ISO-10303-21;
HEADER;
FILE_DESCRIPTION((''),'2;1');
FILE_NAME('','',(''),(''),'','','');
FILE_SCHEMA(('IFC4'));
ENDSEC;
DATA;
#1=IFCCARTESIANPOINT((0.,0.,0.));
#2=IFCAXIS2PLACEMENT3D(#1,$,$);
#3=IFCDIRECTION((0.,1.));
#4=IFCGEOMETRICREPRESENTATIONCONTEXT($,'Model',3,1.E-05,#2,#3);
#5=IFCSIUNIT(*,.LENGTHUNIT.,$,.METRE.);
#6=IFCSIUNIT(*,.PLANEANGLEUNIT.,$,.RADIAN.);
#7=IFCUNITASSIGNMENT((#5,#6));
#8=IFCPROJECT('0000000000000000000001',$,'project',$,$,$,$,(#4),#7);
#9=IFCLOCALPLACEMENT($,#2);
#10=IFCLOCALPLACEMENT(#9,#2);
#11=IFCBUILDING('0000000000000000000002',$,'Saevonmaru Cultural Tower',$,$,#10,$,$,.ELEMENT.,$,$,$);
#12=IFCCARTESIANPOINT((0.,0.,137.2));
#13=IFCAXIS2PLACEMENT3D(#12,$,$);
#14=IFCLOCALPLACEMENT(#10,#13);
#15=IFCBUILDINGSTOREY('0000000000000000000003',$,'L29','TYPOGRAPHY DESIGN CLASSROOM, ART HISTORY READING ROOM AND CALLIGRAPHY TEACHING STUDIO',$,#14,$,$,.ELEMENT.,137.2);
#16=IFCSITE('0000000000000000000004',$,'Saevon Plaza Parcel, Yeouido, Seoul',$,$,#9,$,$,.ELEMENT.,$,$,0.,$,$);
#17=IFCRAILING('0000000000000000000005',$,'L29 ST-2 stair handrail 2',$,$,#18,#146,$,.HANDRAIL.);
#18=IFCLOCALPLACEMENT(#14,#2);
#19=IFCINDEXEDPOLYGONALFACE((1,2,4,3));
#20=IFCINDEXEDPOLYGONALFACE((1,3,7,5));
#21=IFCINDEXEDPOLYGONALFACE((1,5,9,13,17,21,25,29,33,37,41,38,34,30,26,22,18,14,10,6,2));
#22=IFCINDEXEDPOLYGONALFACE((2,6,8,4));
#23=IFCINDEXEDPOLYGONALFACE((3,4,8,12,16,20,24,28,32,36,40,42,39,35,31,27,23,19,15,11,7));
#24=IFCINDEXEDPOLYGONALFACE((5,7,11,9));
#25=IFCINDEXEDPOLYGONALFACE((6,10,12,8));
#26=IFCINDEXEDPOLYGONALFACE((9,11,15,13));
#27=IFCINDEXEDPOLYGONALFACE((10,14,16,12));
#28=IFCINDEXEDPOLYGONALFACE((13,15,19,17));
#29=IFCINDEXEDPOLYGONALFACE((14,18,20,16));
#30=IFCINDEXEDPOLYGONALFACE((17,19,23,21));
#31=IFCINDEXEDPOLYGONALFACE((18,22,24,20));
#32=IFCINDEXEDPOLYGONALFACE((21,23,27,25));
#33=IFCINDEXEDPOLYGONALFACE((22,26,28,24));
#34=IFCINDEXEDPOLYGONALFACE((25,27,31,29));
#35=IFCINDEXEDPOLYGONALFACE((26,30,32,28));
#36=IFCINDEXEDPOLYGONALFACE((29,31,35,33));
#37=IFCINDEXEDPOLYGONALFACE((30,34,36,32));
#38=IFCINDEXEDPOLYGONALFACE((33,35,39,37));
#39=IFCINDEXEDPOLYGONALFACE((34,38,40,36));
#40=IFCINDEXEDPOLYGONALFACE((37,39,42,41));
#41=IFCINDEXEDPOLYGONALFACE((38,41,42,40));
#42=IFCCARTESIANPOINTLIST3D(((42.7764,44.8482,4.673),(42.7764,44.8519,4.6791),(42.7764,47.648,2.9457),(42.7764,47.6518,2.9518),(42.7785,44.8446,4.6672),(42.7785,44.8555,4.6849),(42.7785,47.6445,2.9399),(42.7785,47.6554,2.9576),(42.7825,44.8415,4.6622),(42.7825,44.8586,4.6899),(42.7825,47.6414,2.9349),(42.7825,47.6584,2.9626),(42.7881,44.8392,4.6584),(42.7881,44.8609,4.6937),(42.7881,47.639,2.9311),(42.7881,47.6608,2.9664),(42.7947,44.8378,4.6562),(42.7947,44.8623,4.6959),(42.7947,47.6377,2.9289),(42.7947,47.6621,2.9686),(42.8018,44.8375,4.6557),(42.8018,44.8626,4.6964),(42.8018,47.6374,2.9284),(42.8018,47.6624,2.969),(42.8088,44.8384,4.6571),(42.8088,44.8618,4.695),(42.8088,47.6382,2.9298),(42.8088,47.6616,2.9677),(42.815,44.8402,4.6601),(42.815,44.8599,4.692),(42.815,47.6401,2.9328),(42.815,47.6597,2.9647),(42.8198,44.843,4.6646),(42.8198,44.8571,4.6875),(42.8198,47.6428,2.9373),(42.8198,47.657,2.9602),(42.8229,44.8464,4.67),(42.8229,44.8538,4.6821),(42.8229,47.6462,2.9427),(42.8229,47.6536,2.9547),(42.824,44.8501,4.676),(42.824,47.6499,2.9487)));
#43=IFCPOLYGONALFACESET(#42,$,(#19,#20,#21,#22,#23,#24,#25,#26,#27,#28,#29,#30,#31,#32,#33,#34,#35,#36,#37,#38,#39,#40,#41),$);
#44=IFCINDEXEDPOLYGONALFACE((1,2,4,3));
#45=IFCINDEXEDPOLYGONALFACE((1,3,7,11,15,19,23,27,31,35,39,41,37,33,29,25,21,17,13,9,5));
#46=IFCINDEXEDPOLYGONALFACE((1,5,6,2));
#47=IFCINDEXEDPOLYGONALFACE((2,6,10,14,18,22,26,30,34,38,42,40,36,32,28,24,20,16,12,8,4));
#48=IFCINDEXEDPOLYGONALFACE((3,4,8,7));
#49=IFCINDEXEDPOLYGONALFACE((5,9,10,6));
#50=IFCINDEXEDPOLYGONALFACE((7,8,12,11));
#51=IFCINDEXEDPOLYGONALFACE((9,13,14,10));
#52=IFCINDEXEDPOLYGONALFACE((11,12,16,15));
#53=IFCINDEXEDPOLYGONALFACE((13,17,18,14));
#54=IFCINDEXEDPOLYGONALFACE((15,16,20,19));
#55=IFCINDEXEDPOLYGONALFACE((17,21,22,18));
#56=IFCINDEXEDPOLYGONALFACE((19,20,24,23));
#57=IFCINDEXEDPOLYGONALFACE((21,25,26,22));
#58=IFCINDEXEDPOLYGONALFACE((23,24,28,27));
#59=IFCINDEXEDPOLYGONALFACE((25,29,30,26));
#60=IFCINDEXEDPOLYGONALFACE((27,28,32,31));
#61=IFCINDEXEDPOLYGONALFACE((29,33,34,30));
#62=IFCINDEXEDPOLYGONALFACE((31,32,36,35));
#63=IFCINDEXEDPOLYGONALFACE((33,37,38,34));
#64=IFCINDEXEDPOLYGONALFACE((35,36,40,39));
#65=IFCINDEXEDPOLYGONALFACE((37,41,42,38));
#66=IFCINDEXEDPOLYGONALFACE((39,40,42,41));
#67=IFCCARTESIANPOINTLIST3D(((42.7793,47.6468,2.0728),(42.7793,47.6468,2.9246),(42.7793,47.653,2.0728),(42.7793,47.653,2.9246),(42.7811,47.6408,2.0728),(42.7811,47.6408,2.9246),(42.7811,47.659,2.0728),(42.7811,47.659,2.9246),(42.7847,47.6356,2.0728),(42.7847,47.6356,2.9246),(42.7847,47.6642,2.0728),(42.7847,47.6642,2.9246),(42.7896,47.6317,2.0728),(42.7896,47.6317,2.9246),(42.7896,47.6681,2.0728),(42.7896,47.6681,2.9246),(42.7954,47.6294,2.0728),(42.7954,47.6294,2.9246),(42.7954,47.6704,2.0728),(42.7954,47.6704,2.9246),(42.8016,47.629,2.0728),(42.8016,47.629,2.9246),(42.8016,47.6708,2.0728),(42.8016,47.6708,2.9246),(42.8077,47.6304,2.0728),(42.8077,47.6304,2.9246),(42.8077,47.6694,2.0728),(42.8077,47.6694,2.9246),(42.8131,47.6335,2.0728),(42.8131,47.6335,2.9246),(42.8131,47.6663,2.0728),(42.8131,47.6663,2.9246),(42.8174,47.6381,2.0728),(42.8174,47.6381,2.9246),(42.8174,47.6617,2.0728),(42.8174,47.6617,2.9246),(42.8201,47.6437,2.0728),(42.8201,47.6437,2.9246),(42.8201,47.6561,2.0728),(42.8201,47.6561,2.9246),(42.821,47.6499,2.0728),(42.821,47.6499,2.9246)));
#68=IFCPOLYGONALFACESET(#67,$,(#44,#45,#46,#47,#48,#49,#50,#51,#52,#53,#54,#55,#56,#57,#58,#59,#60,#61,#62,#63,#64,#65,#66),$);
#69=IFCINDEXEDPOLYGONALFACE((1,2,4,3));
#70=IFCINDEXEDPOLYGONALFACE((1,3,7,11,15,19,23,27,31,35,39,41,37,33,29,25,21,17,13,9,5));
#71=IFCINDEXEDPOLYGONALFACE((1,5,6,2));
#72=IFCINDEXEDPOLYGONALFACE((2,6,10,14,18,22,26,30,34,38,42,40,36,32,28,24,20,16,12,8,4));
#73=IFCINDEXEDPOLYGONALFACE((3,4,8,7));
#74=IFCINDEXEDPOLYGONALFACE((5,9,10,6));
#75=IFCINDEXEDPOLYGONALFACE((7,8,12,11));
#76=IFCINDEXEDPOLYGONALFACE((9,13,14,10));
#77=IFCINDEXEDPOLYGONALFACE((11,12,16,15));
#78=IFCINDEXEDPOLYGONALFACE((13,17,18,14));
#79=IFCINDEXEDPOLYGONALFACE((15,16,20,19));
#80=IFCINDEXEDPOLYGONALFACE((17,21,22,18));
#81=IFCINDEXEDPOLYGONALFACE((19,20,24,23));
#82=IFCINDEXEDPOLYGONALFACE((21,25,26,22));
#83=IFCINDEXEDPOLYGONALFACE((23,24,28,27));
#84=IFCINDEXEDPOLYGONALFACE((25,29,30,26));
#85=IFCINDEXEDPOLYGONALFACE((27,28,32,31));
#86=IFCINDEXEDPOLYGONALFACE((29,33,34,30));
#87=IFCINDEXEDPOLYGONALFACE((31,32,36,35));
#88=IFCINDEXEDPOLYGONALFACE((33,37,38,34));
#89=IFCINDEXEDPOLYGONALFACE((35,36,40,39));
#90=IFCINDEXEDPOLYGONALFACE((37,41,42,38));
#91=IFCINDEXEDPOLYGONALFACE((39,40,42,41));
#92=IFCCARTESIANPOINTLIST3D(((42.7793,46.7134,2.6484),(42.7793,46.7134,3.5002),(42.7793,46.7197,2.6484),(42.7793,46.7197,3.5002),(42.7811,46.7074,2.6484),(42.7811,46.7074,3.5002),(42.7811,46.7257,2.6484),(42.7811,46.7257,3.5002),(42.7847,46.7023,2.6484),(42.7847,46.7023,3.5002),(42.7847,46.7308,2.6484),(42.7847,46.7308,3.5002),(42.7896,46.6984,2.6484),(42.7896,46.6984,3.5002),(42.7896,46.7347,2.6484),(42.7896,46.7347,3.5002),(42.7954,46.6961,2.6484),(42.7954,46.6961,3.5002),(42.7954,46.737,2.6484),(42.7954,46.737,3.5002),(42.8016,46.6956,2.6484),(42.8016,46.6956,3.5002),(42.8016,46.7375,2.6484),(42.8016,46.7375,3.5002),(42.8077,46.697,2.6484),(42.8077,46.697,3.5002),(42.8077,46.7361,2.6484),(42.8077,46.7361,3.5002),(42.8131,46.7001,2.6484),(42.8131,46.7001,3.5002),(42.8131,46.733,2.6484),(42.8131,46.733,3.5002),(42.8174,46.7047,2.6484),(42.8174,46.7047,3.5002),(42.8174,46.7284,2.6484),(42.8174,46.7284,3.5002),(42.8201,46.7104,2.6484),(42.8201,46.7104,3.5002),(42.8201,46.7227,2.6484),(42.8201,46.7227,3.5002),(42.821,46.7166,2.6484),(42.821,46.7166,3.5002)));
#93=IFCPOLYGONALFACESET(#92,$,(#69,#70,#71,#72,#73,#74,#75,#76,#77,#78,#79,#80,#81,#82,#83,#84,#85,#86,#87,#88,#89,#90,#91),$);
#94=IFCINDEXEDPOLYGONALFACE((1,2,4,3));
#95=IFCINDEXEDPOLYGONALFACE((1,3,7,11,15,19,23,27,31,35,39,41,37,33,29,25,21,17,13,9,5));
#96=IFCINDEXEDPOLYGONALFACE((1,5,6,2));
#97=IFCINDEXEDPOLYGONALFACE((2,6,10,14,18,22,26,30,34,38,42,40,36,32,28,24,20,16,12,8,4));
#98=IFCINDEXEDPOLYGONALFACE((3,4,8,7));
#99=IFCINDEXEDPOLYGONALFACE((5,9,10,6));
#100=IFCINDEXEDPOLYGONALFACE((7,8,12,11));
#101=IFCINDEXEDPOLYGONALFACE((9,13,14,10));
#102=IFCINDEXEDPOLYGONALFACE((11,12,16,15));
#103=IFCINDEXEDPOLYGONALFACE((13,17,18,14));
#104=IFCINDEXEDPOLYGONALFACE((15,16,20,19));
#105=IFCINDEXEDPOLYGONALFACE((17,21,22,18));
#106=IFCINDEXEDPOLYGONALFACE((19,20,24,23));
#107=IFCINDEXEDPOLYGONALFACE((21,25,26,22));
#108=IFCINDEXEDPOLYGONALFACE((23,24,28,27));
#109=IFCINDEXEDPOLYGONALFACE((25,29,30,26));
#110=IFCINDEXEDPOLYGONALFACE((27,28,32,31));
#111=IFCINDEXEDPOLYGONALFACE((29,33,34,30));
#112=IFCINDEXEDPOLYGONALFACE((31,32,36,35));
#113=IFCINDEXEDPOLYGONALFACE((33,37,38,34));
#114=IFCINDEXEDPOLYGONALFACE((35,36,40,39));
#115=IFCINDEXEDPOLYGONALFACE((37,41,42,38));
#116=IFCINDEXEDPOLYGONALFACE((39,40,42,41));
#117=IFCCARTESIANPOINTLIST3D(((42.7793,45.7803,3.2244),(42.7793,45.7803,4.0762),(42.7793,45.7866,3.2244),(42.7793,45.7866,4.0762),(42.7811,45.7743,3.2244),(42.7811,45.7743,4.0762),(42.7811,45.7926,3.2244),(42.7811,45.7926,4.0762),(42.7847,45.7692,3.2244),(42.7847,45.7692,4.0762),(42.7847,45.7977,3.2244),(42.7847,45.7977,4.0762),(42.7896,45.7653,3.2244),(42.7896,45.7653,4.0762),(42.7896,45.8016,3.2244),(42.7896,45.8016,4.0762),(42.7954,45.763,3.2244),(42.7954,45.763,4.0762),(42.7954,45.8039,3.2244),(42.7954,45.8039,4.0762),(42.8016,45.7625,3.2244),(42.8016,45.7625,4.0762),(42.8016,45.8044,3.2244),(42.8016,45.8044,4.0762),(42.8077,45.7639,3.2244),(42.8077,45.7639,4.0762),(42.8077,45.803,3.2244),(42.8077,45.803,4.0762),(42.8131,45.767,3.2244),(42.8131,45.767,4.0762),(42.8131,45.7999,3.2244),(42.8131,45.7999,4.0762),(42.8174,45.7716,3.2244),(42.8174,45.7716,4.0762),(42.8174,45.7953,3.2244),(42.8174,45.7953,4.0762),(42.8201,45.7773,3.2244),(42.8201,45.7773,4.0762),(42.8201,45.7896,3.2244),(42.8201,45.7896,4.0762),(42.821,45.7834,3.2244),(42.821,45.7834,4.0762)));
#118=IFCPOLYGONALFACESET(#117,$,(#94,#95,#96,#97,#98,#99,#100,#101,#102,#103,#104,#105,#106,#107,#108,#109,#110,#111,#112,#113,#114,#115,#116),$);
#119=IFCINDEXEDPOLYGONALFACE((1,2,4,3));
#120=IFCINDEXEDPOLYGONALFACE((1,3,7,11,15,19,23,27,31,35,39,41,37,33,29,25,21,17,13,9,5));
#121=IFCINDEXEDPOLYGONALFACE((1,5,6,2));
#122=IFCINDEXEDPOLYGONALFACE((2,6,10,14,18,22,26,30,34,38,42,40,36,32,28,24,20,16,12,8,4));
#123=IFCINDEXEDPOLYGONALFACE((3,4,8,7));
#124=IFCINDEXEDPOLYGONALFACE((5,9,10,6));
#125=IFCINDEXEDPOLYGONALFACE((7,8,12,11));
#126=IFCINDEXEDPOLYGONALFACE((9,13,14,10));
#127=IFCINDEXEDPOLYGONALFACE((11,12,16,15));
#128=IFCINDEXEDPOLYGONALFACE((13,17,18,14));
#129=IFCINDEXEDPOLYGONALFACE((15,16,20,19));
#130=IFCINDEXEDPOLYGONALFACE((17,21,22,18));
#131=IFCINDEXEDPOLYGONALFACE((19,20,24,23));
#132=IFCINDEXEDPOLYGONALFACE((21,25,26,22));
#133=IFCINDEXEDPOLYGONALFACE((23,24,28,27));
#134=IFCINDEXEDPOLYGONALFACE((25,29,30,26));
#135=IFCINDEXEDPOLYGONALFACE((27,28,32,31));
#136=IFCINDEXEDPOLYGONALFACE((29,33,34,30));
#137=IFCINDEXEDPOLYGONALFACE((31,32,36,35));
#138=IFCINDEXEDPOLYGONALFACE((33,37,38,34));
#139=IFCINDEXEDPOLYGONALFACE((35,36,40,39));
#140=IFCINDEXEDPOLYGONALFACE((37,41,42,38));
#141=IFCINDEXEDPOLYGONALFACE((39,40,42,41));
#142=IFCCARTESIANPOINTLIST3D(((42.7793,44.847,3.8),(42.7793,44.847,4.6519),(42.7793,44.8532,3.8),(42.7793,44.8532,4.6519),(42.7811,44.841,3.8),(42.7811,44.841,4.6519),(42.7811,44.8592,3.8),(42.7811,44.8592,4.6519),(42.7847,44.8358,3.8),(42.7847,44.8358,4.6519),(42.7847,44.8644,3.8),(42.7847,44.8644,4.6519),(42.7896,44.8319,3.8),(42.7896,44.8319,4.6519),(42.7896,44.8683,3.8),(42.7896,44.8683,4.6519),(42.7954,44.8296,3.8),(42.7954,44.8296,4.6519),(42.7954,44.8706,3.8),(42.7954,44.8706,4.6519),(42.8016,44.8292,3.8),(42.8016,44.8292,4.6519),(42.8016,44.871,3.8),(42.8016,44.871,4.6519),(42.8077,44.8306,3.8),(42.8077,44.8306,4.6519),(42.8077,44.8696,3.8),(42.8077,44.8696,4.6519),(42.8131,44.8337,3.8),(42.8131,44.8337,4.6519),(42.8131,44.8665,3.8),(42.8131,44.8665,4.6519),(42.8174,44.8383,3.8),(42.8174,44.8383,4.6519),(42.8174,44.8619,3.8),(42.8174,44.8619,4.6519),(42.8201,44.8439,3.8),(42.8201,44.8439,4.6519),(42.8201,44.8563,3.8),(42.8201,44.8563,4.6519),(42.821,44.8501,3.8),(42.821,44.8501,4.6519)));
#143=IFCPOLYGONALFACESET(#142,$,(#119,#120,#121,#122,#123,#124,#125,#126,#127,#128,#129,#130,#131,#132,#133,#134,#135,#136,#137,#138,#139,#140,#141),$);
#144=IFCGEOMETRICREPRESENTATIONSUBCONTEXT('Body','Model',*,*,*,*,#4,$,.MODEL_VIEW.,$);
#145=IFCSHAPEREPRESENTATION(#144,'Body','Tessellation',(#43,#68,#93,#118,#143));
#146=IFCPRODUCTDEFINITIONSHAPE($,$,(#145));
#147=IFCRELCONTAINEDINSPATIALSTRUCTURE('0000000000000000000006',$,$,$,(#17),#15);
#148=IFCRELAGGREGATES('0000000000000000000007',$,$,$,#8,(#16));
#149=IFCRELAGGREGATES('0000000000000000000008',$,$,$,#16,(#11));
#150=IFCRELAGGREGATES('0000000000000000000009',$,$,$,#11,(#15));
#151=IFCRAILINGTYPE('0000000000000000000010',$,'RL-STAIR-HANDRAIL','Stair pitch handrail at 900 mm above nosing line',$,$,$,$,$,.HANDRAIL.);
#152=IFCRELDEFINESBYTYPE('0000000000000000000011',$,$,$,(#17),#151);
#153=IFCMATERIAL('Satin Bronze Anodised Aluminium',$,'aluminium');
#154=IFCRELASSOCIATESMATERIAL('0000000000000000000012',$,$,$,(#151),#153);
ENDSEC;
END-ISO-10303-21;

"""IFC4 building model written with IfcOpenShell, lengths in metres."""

from ifc_helpers import new_model, si_unit, direction, frame, origin, origin_2d, place, context, subcontext, project, spatial, circle, extrude, material, type_object, element, save


model = new_model("IFC4")

# Units and contexts
model_context = context("Model", 3, precision=1e-05, world=origin(), true_north=direction((0.0, 1.0)))
body_context = subcontext(model_context, "Body", "Model", "MODEL_VIEW")
ifc_project = project(units=[si_unit("LENGTHUNIT", "METRE"), si_unit("PLANEANGLEUNIT", "RADIAN")], contexts=[model_context])

# Site, building, storey
site_placement = place(None, origin())
site = spatial("IfcSite", under=ifc_project, at=site_placement, Name="Saevon Plaza Parcel, Yeouido, Seoul", CompositionType="ELEMENT", RefElevation=0.0)
building_placement = place(site_placement, origin())
building = spatial("IfcBuilding", under=site, at=building_placement, Name="Saevonmaru Cultural Tower", CompositionType="ELEMENT")
storey_placement = place(building_placement, frame((0.0, 0.0, 137.2)))
storey = spatial("IfcBuildingStorey", under=building, at=storey_placement, Name="L29", Description="TYPOGRAPHY DESIGN CLASSROOM, ART HISTORY READING ROOM AND CALLIGRAPHY TEACHING STUDIO", CompositionType="ELEMENT", Elevation=137.2)

# Shared definitions
ifc_material_1 = material(Name="Satin Bronze Anodised Aluminium", Category="aluminium")

# Railing
railing_type_1 = type_object("IfcRailingType", Name="RL-STAIR-HANDRAIL", Description="Stair pitch handrail at 900 mm above nosing line", PredefinedType="HANDRAIL", material=ifc_material_1)
railing_1_placement = place(storey_placement, frame((42.8, 47.6499, 2.0728)))
element("IfcRailing", 1, at=railing_1_placement, inside=storey, type_object=railing_type_1, Name="L29 ST-2 stair handrail 2", PredefinedType="HANDRAIL", context=body_context, shape_type="SweptSolid", body=[
    extrude(circle(Radius=0.0239, at=origin_2d()), frame((0.0, 0.0, 0.876), z_axis=(0.0, -0.851069, 0.525054), x_axis=(1.0, 0.0, 0.0)), (0.0, 0.0, 1.0), 3.2898),
    extrude(circle(Radius=0.021, at=origin_2d()), origin(), (0.0, 0.0, 1.0), 0.8518),
    extrude(circle(Radius=0.021, at=origin_2d()), frame((0.0, -0.9333, 0.5757)), (0.0, 0.0, 1.0), 0.8518),
    extrude(circle(Radius=0.021, at=origin_2d()), frame((0.0, -1.8665, 1.1516)), (0.0, 0.0, 1.0), 0.8518),
    extrude(circle(Radius=0.021, at=origin_2d()), frame((0.0, -2.7998, 1.7273)), (0.0, 0.0, 1.0), 0.8518),
])

save(model, "model.ifc")
